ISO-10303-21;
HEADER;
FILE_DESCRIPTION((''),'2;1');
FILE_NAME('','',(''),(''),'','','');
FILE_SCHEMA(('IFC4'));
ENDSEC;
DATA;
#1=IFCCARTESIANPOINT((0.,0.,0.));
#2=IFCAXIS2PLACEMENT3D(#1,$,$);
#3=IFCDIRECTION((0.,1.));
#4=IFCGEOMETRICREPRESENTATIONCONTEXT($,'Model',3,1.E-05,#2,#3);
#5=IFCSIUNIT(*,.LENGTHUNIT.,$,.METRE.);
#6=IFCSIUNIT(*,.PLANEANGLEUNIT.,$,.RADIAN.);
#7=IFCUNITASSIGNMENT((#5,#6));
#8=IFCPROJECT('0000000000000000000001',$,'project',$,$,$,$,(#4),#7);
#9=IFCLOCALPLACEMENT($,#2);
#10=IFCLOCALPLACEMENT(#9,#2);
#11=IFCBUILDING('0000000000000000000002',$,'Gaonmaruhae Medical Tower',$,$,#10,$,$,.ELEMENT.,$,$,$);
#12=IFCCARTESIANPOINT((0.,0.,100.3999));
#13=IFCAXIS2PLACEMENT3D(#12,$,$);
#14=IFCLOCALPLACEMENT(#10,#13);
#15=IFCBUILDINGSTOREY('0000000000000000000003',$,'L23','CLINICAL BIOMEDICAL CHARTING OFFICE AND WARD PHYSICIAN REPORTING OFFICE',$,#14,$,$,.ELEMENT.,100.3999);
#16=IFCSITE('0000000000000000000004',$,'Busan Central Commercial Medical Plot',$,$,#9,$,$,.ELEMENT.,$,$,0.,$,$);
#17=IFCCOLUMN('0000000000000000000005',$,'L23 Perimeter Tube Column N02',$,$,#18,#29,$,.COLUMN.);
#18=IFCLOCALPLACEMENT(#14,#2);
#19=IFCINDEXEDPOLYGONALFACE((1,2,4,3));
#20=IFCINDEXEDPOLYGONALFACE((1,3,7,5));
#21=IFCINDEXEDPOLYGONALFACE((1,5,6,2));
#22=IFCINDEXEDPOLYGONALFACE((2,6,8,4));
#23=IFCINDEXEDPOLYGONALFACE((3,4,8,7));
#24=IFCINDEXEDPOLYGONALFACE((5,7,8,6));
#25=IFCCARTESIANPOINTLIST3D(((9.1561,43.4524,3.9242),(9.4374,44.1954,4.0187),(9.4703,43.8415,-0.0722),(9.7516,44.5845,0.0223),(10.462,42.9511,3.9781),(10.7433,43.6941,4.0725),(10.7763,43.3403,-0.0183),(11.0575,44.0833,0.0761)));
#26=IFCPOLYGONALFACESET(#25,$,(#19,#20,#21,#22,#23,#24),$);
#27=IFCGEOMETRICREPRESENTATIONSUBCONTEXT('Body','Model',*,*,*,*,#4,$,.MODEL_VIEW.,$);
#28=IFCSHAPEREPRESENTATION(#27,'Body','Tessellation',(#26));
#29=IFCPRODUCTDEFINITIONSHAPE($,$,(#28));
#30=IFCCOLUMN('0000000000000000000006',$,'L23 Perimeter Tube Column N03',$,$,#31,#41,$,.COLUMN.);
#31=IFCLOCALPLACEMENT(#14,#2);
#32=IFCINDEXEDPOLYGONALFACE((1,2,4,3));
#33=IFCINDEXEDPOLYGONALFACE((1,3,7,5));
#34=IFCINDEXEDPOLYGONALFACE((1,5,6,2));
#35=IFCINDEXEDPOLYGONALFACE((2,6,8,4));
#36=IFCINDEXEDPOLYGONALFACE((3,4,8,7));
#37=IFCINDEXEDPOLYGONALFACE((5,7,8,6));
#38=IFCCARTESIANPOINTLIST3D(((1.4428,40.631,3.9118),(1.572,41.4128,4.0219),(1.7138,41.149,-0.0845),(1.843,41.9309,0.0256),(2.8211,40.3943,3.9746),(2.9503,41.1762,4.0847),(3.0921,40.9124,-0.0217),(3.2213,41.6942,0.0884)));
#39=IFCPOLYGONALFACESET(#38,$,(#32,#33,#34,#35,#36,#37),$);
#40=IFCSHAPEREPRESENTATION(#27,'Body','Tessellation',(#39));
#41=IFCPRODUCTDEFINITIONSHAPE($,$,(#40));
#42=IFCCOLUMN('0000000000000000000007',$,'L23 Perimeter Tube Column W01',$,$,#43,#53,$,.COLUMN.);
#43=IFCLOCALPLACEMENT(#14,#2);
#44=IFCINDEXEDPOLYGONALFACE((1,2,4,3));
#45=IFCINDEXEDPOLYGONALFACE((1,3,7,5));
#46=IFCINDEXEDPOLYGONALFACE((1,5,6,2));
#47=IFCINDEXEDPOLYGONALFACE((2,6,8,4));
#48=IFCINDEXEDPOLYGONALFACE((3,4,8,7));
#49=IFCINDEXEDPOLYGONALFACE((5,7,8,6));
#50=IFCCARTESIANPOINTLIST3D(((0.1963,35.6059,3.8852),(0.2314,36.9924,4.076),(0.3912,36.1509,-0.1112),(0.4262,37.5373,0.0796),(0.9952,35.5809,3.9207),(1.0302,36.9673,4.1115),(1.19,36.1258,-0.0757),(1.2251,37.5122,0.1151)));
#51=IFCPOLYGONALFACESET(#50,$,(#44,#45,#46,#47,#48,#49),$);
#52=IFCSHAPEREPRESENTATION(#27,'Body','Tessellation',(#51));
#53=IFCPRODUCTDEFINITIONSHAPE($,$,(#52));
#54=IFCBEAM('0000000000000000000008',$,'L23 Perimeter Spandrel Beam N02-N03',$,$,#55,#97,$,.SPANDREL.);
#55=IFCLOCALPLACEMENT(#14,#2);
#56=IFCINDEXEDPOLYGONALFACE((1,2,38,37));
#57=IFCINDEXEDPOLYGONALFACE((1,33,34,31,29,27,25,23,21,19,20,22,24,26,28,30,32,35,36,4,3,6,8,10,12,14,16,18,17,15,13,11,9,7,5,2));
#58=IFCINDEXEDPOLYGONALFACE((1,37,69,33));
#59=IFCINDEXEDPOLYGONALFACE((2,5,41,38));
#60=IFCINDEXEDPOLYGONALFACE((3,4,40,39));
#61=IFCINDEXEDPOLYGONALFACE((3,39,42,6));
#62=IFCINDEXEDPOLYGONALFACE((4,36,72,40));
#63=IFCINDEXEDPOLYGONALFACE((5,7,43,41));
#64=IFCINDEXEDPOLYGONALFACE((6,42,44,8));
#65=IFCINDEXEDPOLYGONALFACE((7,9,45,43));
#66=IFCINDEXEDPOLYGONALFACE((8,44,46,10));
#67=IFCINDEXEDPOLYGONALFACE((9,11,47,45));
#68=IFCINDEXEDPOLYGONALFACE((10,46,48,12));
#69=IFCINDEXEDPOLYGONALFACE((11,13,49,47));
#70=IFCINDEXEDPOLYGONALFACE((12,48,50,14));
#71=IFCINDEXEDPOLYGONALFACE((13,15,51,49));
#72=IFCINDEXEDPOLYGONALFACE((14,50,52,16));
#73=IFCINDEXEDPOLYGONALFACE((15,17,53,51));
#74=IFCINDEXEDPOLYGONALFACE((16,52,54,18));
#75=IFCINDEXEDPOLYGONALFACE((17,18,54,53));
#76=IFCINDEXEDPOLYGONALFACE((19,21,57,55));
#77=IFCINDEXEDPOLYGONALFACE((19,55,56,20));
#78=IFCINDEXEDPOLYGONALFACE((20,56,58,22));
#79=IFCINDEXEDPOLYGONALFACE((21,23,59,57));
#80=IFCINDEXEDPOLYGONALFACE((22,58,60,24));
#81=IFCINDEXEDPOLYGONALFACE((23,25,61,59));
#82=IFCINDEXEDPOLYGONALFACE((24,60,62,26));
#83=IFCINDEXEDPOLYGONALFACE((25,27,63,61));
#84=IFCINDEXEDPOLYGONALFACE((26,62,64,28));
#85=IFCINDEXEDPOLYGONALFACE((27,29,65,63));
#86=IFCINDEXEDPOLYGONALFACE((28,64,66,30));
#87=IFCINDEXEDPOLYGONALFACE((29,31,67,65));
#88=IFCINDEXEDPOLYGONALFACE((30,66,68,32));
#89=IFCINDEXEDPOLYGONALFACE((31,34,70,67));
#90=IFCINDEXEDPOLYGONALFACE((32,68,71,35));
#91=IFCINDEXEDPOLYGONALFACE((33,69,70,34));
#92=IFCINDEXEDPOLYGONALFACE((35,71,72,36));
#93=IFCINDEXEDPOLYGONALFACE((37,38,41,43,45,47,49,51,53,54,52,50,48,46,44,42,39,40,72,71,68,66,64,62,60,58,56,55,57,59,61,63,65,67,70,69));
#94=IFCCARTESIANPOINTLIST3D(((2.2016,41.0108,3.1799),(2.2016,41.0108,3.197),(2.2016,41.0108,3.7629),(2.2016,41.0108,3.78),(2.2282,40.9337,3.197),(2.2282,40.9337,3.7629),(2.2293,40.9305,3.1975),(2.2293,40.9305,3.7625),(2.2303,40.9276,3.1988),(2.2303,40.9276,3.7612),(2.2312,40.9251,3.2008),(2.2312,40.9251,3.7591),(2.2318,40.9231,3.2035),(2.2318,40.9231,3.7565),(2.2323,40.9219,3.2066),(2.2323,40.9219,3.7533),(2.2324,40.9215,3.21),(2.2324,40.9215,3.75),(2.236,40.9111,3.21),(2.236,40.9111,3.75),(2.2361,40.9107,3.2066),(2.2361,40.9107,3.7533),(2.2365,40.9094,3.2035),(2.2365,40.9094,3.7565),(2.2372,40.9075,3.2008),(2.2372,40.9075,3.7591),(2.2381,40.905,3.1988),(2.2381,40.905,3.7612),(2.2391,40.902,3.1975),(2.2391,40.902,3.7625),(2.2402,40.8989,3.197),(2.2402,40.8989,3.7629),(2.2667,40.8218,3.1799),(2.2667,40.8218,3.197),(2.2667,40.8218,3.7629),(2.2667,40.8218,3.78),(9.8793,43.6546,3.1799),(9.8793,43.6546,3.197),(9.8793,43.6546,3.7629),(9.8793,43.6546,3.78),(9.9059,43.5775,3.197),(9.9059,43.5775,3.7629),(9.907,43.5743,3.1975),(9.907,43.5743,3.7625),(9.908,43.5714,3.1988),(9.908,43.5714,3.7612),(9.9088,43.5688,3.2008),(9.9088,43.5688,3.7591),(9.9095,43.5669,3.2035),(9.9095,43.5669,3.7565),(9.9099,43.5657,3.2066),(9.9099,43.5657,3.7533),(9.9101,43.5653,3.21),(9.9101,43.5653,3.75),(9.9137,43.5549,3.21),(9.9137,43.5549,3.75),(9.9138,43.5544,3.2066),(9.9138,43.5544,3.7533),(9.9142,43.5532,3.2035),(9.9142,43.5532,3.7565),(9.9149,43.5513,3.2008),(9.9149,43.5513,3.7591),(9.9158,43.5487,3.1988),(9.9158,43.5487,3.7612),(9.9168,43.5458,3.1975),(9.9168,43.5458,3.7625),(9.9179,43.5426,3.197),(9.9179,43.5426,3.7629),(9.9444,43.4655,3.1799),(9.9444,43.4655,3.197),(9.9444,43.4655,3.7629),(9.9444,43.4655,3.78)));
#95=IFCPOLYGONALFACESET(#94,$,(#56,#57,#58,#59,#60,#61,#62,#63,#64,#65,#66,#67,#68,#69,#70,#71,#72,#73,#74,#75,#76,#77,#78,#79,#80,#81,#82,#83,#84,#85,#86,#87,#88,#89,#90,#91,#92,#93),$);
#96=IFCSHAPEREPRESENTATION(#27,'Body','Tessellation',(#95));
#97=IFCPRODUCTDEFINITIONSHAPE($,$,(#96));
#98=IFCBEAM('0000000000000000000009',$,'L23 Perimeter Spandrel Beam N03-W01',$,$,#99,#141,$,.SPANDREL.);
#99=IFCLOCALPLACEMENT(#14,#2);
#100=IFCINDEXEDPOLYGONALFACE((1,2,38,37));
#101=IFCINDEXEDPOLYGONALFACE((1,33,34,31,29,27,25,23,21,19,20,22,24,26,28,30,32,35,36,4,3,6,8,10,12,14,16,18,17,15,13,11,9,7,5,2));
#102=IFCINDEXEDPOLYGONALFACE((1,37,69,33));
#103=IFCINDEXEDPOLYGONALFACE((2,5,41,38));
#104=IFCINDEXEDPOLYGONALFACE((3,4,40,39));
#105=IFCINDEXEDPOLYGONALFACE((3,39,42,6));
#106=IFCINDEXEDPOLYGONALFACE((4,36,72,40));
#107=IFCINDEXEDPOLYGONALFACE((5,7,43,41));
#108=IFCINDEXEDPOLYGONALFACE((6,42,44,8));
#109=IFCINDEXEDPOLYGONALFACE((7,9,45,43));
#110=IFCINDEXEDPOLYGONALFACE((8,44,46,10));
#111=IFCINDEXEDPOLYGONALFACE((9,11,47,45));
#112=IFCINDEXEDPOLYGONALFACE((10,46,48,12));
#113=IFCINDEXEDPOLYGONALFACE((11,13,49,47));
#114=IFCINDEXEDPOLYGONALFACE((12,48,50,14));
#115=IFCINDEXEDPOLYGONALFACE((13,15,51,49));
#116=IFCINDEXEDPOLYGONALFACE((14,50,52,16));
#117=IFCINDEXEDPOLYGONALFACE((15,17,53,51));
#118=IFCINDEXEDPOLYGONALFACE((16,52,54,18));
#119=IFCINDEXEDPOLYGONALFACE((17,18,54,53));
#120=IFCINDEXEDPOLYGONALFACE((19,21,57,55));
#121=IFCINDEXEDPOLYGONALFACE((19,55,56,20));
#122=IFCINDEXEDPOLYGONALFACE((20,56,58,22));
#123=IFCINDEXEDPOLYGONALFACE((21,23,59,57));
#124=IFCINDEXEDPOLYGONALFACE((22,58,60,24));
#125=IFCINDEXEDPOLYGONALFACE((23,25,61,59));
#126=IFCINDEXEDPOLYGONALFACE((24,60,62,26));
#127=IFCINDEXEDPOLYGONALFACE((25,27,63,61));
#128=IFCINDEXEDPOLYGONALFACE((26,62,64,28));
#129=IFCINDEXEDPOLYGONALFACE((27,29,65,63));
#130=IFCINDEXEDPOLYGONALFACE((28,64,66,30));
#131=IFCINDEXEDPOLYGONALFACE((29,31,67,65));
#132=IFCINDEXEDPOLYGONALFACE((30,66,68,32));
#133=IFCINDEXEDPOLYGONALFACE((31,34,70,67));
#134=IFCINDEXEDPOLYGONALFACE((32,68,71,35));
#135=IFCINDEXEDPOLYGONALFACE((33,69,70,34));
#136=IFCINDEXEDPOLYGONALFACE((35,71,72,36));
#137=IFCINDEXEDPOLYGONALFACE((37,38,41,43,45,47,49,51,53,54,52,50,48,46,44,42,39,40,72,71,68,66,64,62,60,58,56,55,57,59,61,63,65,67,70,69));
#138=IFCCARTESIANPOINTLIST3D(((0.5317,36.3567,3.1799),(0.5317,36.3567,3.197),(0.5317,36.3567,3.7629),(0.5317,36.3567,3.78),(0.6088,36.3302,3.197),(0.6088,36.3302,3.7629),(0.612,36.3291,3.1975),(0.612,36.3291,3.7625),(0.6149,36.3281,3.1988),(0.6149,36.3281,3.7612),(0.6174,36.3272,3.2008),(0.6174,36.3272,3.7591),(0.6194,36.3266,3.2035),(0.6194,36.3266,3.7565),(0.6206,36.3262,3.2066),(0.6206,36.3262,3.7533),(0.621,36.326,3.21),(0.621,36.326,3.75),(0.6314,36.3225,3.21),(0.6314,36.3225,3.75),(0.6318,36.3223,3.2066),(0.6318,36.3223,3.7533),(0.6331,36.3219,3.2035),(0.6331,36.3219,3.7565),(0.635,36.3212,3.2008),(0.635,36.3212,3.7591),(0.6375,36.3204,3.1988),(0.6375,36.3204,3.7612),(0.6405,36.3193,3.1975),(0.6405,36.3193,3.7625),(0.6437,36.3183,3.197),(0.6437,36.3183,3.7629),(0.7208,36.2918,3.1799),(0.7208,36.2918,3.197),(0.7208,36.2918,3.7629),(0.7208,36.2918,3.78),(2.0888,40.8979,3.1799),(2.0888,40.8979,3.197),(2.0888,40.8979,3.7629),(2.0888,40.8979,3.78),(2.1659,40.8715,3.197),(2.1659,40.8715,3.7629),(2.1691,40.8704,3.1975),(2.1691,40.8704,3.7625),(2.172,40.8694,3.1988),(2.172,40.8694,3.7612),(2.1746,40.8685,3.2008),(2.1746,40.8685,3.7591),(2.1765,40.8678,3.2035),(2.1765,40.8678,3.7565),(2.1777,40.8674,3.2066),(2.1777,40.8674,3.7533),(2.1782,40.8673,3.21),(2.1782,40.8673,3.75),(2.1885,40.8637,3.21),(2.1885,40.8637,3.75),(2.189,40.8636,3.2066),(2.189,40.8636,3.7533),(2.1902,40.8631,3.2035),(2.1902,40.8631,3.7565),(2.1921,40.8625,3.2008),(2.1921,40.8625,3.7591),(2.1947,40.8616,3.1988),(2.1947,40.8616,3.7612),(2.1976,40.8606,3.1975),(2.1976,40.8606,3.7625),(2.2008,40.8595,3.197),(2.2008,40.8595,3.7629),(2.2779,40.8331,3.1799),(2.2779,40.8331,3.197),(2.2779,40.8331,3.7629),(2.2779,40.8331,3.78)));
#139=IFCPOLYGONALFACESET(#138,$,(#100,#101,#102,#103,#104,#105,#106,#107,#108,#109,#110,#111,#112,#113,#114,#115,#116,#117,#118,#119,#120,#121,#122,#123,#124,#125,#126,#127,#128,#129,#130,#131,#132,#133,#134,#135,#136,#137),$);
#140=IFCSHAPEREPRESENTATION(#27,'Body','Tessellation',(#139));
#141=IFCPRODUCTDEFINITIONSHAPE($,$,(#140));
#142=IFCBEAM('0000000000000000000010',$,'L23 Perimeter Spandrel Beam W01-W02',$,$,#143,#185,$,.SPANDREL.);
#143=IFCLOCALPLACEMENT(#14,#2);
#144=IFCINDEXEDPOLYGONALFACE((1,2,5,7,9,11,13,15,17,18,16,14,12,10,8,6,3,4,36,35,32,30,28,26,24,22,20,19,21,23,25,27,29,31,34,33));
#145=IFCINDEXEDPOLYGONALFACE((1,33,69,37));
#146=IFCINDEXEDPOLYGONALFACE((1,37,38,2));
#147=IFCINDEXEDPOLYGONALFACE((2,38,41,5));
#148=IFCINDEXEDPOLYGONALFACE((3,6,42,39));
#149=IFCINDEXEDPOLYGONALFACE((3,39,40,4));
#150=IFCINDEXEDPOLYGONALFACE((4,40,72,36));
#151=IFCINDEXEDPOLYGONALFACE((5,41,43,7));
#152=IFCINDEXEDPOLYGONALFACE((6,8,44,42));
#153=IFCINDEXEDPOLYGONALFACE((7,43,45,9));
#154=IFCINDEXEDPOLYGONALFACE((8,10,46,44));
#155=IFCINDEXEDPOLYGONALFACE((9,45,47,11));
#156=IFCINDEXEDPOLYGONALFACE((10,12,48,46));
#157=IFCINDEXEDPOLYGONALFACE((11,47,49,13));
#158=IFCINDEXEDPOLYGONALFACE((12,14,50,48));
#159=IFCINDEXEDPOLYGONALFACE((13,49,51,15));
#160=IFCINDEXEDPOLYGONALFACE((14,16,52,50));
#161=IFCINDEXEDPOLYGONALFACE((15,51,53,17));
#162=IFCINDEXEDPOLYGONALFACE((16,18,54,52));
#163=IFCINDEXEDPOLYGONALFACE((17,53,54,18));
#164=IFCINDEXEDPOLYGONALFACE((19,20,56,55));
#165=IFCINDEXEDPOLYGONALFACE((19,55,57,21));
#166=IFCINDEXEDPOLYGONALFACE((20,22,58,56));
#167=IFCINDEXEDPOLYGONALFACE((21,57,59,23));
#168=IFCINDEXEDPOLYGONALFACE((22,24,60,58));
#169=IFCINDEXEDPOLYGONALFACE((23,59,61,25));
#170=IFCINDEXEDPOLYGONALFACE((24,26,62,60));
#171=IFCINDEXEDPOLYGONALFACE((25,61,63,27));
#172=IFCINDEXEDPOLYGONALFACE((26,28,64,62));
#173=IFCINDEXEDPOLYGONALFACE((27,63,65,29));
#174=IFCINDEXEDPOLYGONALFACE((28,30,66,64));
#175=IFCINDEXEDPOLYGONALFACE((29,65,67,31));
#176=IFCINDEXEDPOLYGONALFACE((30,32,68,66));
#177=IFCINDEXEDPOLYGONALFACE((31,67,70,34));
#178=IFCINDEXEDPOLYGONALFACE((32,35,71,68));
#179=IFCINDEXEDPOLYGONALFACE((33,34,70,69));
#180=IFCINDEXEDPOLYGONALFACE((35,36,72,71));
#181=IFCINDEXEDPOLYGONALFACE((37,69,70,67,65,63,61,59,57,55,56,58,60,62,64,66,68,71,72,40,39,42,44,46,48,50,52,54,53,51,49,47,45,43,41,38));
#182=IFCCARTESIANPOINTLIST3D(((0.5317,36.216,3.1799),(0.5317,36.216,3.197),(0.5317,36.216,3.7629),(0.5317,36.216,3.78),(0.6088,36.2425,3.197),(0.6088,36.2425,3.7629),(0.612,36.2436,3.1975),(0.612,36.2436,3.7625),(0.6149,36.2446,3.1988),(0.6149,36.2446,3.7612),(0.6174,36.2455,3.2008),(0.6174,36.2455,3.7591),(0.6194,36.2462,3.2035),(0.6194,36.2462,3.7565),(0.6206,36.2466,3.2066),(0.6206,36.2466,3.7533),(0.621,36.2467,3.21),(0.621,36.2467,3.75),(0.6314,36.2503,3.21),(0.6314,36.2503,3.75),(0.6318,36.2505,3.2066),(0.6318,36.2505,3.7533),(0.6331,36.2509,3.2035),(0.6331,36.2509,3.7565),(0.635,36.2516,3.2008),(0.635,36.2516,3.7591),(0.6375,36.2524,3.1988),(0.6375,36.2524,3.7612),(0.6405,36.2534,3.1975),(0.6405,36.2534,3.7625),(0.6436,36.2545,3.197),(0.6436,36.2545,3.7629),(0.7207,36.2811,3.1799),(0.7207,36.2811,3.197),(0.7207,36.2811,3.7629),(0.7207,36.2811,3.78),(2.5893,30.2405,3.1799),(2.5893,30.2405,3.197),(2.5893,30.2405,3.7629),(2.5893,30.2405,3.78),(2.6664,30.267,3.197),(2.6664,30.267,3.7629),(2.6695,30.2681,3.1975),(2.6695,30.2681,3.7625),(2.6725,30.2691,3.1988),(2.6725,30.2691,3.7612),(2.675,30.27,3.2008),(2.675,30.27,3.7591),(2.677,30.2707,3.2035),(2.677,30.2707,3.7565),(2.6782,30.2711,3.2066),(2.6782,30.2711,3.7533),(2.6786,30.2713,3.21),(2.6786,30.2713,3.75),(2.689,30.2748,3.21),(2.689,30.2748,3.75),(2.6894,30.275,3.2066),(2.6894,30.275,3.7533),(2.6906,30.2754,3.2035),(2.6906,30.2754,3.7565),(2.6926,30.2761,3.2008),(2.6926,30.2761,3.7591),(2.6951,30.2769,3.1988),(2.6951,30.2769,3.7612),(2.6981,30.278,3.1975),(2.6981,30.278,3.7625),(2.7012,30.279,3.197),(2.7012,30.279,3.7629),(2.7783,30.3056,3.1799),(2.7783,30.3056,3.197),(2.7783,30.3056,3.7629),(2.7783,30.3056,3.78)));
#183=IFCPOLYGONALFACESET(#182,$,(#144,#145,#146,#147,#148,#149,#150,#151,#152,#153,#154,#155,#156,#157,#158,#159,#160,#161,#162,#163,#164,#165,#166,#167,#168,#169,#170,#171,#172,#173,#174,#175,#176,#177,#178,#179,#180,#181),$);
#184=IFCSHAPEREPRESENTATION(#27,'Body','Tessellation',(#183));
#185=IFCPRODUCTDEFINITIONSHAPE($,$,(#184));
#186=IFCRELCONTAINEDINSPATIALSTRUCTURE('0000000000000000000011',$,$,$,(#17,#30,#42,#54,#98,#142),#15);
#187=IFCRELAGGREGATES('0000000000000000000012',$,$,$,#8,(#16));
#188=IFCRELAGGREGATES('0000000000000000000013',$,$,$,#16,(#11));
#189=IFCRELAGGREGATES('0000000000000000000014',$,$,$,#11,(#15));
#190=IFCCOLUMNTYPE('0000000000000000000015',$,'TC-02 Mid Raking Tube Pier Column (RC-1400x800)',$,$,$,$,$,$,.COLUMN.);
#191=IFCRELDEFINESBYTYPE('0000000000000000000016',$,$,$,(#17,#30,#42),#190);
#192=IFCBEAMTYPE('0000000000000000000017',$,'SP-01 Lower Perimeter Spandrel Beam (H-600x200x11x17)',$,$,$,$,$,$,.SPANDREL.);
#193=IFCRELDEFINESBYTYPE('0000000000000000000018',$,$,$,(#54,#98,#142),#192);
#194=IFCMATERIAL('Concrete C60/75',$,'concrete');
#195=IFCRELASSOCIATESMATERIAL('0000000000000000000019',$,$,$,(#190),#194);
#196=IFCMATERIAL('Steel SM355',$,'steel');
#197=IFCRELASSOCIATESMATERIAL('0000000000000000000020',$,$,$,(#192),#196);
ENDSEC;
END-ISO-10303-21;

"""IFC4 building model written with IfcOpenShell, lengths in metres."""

from ifc_helpers import new_model, si_unit, direction, frame, origin, origin_2d, place, context, subcontext, project, spatial, rectangle, i_section, extrude, material, material_profile, profile_set, type_object, element, save


model = new_model("IFC4")

# Units and contexts
model_context = context("Model", 3, precision=1e-05, world=origin(), true_north=direction((0.0, 1.0)))
body_context = subcontext(model_context, "Body", "Model", "MODEL_VIEW")
ifc_project = project(units=[si_unit("LENGTHUNIT", "METRE"), si_unit("PLANEANGLEUNIT", "RADIAN")], contexts=[model_context])

# Site, building, storey
site_placement = place(None, origin())
site = spatial("IfcSite", under=ifc_project, at=site_placement, Name="Busan Central Commercial Medical Plot", CompositionType="ELEMENT", RefElevation=0.0)
building_placement = place(site_placement, origin())
building = spatial("IfcBuilding", under=site, at=building_placement, Name="Gaonmaruhae Medical Tower", CompositionType="ELEMENT")
storey_placement = place(building_placement, frame((0.0, 0.0, 100.3999)))
storey = spatial("IfcBuildingStorey", under=building, at=storey_placement, Name="L23", Description="CLINICAL BIOMEDICAL CHARTING OFFICE AND WARD PHYSICIAN REPORTING OFFICE", CompositionType="ELEMENT", Elevation=100.3999)

# Columns
ifc_material_1 = material(Name="Concrete C60/75", Category="concrete")
ifc_material_profile_1 = material_profile(ifc_material_1, rectangle(XDim=1.3999, YDim=0.8, at=origin_2d()), Name="RC-1400x800")
ifc_profile_set_1 = profile_set([ifc_material_profile_1], Name="Concrete C60/75")
column_type = type_object("IfcColumnType", Name="TC-02 Mid Raking Tube Pier Column (RC-1400x800)", PredefinedType="COLUMN", material=ifc_profile_set_1)
column_1_placement = place(storey_placement, frame((10.2639, 43.9624, 0.002), z_axis=(-0.078016, -0.096625, 0.992259), x_axis=(0.9329, -0.358074, 0.03848)))
element("IfcColumn", 1, at=column_1_placement, inside=storey, type_object=column_type, Name="L23 Perimeter Tube Column N02", PredefinedType="COLUMN", context=body_context, shape_type="SweptSolid", body=[
    extrude(rectangle(XDim=1.3999, YDim=0.8, at=origin_2d()), origin(), (0.0, 0.0, 1.0), 4.0276),
])
column_2_placement = place(storey_placement, frame((2.4675, 41.4216, 0.002), z_axis=(-0.067097, -0.12827, 0.989467), x_axis=(0.984589, -0.169036, 0.044853)))
element("IfcColumn", 2, at=column_2_placement, inside=storey, type_object=column_type, Name="L23 Perimeter Tube Column N03", PredefinedType="COLUMN", context=body_context, shape_type="SweptSolid", body=[
    extrude(rectangle(XDim=1.3999, YDim=0.8, at=origin_2d()), origin(), (0.0, 0.0, 1.0), 4.0388),
])
column_3_placement = place(storey_placement, frame((0.8081, 36.8315, 0.002), z_axis=(-0.048247, -0.134948, 0.989677), x_axis=(0.025025, 0.990357, 0.13626)))
element("IfcColumn", 3, at=column_3_placement, inside=storey, type_object=column_type, Name="L23 Perimeter Tube Column W01", PredefinedType="COLUMN", context=body_context, shape_type="SweptSolid", body=[
    extrude(rectangle(XDim=1.3999, YDim=0.8, at=origin_2d()), origin(), (0.0, 0.0, 1.0), 4.0381),
])

# Beams
ifc_material_2 = material(Name="Steel SM355", Category="steel")
ifc_material_profile_2 = material_profile(ifc_material_2, i_section(OverallWidth=0.2, OverallDepth=0.6001, WebThickness=0.011, FlangeThickness=0.0171, FilletRadius=0.0129, at=origin_2d()), Name="H-600x200x11x17")
ifc_profile_set_2 = profile_set([ifc_material_profile_2], Name="Steel SM355")
beam_type = type_object("IfcBeamType", Name="SP-01 Lower Perimeter Spandrel Beam (H-600x200x11x17)", PredefinedType="SPANDREL", material=ifc_profile_set_2)
beam_1_placement = place(storey_placement, frame((9.9119, 43.5601, 3.48), z_axis=(-0.945513, -0.325584, 0.0), x_axis=(0.325584, -0.945513, 0.0)))
element("IfcBeam", 4, at=beam_1_placement, inside=storey, type_object=beam_type, Name="L23 Perimeter Spandrel Beam N02-N03", PredefinedType="SPANDREL", context=body_context, shape_type="SweptSolid", body=[
    extrude(i_section(OverallWidth=0.2, OverallDepth=0.6001, WebThickness=0.011, FlangeThickness=0.0171, FilletRadius=0.0129, at=origin_2d()), origin(), (0.0, 0.0, 1.0), 8.1201),
])
beam_2_placement = place(storey_placement, frame((2.1833, 40.8655, 3.48), z_axis=(-0.324348, -0.945938, 0.0), x_axis=(0.945938, -0.324348, 0.0)))
element("IfcBeam", 5, at=beam_2_placement, inside=storey, type_object=beam_type, Name="L23 Perimeter Spandrel Beam N03-W01", PredefinedType="SPANDREL", context=body_context, shape_type="SweptSolid", body=[
    extrude(i_section(OverallWidth=0.2, OverallDepth=0.6001, WebThickness=0.011, FlangeThickness=0.0171, FilletRadius=0.0129, at=origin_2d()), origin(), (0.0, 0.0, 1.0), 4.8008),
])
beam_3_placement = place(storey_placement, frame((0.6262, 36.2485, 3.48), z_axis=(0.325576, -0.945516, 0.0), x_axis=(0.945516, 0.325576, 0.0)))
element("IfcBeam", 6, at=beam_3_placement, inside=storey, type_object=beam_type, Name="L23 Perimeter Spandrel Beam W01-W02", PredefinedType="SPANDREL", context=body_context, shape_type="SweptSolid", body=[
    extrude(i_section(OverallWidth=0.2, OverallDepth=0.6001, WebThickness=0.011, FlangeThickness=0.0171, FilletRadius=0.0129, at=origin_2d()), origin(), (0.0, 0.0, 1.0), 6.3198),
])

save(model, "model.ifc")
